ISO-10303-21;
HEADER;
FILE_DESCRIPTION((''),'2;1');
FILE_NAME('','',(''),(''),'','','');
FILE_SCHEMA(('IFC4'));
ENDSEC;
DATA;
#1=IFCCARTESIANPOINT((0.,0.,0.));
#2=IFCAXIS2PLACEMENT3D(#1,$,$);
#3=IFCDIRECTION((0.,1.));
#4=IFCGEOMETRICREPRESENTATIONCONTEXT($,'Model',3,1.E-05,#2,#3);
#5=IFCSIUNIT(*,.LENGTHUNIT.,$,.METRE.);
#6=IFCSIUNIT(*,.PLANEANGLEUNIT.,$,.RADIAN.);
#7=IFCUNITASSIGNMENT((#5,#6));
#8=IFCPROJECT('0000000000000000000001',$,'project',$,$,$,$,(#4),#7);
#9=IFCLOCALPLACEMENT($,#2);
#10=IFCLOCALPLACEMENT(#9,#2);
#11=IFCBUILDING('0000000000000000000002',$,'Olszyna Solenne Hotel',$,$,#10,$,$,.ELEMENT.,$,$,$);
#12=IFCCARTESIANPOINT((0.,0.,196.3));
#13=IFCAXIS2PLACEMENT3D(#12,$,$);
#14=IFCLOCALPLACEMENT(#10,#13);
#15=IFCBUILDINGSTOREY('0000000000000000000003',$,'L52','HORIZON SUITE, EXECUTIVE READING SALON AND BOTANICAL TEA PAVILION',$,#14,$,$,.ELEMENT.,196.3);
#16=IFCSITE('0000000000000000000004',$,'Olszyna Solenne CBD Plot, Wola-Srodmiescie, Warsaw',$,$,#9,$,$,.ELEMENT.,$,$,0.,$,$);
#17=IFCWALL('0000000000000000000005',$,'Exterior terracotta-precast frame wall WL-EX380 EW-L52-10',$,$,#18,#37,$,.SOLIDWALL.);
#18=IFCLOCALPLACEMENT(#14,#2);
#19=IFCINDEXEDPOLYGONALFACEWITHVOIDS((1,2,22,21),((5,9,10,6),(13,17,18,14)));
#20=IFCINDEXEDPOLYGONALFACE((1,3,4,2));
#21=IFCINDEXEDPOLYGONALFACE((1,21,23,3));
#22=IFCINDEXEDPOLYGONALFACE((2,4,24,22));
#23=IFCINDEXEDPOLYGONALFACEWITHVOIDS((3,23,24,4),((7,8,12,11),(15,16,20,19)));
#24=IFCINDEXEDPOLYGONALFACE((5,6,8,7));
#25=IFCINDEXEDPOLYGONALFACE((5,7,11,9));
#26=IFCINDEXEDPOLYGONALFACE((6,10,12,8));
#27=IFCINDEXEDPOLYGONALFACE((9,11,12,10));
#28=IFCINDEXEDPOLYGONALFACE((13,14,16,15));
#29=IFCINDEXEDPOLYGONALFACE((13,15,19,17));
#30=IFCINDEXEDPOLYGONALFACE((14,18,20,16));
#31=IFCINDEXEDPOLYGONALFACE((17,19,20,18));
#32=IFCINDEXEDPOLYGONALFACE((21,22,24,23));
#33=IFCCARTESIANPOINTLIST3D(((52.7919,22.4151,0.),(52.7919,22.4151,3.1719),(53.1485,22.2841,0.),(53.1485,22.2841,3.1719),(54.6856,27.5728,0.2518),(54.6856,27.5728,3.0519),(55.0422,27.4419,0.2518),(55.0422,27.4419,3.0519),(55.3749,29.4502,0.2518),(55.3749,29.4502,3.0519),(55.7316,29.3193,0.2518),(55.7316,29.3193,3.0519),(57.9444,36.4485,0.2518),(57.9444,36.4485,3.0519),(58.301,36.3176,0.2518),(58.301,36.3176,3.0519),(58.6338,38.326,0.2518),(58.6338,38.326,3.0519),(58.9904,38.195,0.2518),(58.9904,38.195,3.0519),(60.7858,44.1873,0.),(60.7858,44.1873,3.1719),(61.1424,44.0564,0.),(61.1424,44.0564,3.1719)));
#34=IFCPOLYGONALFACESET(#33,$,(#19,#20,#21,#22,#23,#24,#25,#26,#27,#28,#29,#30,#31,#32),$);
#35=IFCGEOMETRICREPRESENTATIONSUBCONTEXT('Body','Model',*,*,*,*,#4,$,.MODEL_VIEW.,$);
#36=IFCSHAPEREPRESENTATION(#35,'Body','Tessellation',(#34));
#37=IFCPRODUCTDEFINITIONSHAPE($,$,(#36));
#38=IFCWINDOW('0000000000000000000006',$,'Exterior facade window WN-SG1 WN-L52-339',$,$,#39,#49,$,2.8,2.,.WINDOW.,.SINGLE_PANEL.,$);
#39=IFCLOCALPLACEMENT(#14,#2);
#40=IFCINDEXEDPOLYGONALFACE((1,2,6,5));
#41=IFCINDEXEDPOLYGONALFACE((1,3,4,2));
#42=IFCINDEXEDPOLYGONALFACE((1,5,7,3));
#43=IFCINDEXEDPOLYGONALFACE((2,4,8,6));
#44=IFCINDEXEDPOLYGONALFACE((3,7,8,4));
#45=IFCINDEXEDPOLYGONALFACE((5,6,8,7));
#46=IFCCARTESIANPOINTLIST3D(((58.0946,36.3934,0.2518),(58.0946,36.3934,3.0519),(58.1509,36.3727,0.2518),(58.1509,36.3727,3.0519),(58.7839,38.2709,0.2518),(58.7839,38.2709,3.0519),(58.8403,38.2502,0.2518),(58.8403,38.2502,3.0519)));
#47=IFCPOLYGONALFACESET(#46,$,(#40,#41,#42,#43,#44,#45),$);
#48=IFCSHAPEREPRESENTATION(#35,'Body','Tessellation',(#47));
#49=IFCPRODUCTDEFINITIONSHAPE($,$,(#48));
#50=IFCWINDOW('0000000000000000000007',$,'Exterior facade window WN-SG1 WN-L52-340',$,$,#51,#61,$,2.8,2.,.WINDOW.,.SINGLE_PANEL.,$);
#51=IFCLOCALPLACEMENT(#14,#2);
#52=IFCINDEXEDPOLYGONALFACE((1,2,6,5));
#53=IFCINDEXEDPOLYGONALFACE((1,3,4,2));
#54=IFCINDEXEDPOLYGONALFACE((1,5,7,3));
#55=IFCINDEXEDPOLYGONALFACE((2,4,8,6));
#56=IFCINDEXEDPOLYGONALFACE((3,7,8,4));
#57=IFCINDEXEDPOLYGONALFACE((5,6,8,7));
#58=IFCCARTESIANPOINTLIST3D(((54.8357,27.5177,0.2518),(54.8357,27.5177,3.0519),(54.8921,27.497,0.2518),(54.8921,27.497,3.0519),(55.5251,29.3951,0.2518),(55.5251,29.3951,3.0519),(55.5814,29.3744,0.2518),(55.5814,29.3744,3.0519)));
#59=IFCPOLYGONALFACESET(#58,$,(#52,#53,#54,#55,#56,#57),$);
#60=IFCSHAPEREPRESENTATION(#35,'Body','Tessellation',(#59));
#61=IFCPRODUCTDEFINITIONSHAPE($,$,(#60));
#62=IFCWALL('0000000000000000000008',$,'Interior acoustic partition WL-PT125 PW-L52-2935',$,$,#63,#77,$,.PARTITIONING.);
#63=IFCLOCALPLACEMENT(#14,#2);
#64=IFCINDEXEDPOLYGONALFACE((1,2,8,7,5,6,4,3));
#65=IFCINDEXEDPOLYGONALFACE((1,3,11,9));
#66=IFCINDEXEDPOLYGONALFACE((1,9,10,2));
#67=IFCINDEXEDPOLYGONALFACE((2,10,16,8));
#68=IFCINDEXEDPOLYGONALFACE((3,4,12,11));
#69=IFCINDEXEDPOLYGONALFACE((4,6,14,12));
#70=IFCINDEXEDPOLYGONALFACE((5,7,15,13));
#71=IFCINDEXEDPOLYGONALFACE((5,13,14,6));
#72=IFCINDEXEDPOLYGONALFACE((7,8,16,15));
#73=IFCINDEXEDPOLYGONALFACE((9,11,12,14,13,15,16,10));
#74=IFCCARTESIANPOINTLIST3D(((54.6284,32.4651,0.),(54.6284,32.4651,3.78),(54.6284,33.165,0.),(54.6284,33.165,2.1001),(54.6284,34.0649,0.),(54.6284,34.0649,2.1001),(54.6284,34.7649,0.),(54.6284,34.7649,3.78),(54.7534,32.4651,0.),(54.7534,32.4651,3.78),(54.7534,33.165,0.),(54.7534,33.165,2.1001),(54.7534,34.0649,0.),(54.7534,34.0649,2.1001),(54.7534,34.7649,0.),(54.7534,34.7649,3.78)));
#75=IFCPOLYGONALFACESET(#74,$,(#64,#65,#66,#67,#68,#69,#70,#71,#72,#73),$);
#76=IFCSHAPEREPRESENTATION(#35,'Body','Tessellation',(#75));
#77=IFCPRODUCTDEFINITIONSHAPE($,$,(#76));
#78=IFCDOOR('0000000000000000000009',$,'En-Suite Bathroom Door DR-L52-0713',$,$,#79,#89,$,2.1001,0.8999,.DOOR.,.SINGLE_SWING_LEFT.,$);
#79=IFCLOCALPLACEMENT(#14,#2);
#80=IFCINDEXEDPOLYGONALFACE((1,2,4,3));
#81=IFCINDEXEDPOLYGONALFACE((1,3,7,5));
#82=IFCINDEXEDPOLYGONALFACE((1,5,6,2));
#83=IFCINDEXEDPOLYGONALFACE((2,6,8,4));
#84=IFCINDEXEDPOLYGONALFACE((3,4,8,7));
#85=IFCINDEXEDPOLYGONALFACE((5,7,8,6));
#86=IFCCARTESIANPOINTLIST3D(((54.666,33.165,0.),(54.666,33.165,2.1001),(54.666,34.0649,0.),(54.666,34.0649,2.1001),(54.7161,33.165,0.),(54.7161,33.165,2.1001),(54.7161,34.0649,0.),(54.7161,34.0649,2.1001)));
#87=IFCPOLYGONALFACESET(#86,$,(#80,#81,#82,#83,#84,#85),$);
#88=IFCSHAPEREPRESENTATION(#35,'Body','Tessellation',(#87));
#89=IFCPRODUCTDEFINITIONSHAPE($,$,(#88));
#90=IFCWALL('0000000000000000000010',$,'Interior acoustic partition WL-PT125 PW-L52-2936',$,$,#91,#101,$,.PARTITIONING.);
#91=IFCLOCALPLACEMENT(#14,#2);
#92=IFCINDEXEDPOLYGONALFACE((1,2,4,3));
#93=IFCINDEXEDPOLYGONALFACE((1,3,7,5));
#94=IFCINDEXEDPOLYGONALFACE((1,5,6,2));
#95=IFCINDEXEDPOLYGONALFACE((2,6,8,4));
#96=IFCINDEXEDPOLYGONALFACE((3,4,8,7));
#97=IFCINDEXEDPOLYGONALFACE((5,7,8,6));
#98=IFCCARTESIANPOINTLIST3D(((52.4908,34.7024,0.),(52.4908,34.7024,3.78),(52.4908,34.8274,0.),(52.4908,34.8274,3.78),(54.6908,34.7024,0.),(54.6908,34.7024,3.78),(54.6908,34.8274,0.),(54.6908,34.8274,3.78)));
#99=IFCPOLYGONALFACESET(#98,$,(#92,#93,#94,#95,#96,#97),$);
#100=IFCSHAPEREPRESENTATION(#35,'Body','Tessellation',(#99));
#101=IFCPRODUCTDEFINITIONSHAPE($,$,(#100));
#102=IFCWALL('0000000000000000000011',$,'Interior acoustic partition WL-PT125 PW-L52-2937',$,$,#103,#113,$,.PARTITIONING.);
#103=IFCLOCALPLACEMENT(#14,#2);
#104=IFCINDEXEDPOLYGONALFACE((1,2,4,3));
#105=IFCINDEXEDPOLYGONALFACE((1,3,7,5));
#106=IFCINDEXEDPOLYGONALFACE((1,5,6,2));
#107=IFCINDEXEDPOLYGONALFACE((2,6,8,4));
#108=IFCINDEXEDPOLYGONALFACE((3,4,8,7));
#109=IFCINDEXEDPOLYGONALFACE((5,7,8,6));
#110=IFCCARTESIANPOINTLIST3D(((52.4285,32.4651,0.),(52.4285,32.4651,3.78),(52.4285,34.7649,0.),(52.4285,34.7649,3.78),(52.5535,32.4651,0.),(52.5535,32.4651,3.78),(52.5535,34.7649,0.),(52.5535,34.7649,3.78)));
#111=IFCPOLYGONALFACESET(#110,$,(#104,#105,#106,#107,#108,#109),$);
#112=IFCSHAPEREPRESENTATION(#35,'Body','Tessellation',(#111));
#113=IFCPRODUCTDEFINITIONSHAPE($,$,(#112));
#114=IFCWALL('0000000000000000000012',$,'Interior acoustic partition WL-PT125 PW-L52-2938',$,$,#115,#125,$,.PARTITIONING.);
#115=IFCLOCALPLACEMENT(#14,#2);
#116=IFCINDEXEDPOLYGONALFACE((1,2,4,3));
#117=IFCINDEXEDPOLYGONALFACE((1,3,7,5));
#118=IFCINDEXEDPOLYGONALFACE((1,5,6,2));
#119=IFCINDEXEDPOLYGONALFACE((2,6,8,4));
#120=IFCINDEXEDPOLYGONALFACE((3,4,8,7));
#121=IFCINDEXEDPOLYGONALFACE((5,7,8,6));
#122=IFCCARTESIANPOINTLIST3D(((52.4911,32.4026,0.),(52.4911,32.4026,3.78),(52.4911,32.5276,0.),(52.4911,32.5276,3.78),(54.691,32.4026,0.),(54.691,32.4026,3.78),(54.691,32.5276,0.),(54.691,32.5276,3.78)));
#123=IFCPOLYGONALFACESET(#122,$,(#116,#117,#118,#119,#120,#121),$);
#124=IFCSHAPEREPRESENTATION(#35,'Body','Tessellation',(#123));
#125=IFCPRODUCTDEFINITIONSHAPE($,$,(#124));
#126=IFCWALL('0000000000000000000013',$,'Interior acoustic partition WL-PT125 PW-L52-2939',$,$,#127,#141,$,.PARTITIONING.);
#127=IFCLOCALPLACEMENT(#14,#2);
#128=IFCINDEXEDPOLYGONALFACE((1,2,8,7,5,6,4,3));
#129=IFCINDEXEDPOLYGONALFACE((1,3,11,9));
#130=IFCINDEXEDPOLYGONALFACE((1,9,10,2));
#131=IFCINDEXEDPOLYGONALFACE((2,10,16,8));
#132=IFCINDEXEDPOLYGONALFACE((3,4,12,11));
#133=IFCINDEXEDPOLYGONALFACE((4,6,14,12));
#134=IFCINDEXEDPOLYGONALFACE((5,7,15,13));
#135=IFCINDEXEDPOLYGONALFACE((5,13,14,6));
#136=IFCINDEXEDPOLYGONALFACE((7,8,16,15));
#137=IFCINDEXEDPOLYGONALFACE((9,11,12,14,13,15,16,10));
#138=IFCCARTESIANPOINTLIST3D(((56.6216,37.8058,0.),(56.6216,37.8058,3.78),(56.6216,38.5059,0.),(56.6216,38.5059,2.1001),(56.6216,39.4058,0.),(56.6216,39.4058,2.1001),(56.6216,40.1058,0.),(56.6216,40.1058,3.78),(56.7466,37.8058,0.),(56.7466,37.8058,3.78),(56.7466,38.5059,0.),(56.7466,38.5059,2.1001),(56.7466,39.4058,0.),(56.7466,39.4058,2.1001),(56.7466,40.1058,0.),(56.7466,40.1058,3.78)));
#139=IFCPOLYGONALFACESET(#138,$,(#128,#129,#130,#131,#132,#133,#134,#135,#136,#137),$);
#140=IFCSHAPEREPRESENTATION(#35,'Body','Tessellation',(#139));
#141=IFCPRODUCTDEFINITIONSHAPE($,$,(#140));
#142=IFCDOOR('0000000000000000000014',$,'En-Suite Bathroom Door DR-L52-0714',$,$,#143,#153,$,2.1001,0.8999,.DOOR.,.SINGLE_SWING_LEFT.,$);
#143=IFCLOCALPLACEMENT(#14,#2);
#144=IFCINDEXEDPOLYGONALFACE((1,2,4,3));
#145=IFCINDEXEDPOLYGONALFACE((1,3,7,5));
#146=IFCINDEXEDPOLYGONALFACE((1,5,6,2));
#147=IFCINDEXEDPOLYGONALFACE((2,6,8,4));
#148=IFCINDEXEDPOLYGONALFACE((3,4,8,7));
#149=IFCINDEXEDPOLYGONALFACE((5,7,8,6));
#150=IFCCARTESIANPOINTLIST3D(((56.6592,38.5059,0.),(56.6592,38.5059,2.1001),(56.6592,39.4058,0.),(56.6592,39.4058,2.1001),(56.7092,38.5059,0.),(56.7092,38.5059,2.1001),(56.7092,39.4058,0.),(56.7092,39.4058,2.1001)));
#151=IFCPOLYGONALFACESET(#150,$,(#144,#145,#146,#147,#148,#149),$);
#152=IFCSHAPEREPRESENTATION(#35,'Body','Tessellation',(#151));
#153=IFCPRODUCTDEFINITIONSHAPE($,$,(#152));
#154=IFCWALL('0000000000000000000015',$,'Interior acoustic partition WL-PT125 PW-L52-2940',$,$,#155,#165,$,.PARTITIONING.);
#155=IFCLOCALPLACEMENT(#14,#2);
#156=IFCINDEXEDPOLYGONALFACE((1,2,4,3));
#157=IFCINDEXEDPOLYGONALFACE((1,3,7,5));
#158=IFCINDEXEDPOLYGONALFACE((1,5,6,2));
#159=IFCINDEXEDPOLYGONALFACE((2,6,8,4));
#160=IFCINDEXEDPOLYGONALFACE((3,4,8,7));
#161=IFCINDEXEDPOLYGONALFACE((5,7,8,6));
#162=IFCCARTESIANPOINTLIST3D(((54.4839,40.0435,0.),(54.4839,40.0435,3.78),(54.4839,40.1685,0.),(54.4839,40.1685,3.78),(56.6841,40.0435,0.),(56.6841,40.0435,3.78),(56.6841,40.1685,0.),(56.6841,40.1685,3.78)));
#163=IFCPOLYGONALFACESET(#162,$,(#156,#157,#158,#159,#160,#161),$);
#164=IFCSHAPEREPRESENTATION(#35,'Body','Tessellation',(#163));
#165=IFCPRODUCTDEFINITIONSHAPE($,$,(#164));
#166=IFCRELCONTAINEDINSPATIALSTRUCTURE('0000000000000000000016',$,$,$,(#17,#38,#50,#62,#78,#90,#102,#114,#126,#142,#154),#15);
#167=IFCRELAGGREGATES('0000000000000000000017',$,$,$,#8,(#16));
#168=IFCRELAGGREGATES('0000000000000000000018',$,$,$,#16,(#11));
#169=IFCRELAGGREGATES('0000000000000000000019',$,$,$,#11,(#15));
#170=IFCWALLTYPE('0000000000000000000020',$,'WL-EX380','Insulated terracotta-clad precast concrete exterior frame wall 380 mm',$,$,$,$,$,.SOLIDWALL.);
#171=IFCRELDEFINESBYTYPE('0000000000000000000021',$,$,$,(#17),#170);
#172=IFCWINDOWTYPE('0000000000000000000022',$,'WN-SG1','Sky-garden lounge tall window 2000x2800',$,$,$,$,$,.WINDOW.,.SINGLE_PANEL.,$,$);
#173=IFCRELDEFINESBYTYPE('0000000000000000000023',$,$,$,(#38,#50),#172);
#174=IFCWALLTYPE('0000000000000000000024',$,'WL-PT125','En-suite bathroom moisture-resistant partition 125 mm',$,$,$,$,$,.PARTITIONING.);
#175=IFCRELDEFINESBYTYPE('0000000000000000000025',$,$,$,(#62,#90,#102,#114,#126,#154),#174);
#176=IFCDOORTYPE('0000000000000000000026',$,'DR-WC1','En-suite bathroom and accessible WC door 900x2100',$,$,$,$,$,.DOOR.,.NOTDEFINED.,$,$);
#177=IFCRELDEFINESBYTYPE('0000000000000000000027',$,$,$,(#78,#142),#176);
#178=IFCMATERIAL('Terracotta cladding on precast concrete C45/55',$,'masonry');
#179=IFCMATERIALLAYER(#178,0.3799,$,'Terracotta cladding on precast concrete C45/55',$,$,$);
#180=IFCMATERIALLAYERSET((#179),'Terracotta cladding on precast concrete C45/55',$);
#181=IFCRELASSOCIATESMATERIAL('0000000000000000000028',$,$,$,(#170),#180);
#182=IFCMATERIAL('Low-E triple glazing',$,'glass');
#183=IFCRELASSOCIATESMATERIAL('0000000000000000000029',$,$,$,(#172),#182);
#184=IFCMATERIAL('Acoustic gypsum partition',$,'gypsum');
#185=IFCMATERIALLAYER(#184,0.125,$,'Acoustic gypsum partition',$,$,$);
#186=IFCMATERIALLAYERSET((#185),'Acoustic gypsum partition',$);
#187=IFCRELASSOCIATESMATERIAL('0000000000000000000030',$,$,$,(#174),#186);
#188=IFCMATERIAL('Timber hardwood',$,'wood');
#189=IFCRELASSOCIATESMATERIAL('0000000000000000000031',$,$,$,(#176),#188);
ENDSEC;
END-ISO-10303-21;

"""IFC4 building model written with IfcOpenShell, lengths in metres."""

from ifc_helpers import new_model, si_unit, direction, frame, frame_2d, origin, place, context, subcontext, project, spatial, rectangle, extrude, source, transform, mapped, material, layer, layer_set, type_object, type_shapes, element, fill, save


model = new_model("IFC4")

# Units and contexts
model_context = context("Model", 3, precision=1e-05, world=origin(), true_north=direction((0.0, 1.0)))
body_context = subcontext(model_context, "Body", "Model", "MODEL_VIEW")
ifc_project = project(units=[si_unit("LENGTHUNIT", "METRE"), si_unit("PLANEANGLEUNIT", "RADIAN")], contexts=[model_context])

# Site, building, storey
site_placement = place(None, origin())
site = spatial("IfcSite", under=ifc_project, at=site_placement, Name="Olszyna Solenne CBD Plot, Wola-Srodmiescie, Warsaw", CompositionType="ELEMENT", RefElevation=0.0)
building_placement = place(site_placement, origin())
building = spatial("IfcBuilding", under=site, at=building_placement, Name="Olszyna Solenne Hotel", CompositionType="ELEMENT")
storey_placement = place(building_placement, frame((0.0, 0.0, 196.3)))
storey = spatial("IfcBuildingStorey", under=building, at=storey_placement, Name="L52", Description="HORIZON SUITE, EXECUTIVE READING SALON AND BOTANICAL TEA PAVILION", CompositionType="ELEMENT", Elevation=196.3)

# Shared definitions
ifc_material_1 = material(Name="Timber hardwood", Category="wood")

# Shared definitions
ifc_material_2 = material(Name="Terracotta cladding on precast concrete C45/55", Category="masonry")
ifc_layer_1 = layer(ifc_material_2, 0.3799, Name="Terracotta cladding on precast concrete C45/55")
ifc_layer_set_1 = layer_set([ifc_layer_1], Name="Terracotta cladding on precast concrete C45/55")
wall_type_1 = type_object("IfcWallType", Name="WL-EX380", Description="Insulated terracotta-clad precast concrete exterior frame wall 380 mm", PredefinedType="SOLIDWALL", material=ifc_layer_set_1)

# Wall, openings, windows
wall_1_placement = place(storey_placement, frame((60.9641, 44.1218, 0.0), z_axis=(0.0, 0.0, 1.0), x_axis=(-0.344663, -0.938726, 0.0)))
wall_1 = element("IfcWall", 1, at=wall_1_placement, inside=storey, type_object=wall_type_1, Name="Exterior terracotta-precast frame wall WL-EX380 EW-L52-10", PredefinedType="SOLIDWALL", context=body_context, shape_type="SweptSolid", body=[
    extrude(rectangle(XDim=23.1934, YDim=0.3799, at=frame_2d((11.5967, 0.0))), origin(), (0.0, 0.0, 1.0), 3.1719),
])
opening_1_placement = place(wall_1_placement, frame((6.2439, 0.0, 0.252)))
opening_1 = element("IfcOpeningElement", 2, at=opening_1_placement, cuts=wall_1, PredefinedType="OPENING", context=body_context, shape_type="SweptSolid", body=[
    extrude(rectangle(XDim=2.0, YDim=2.8, at=frame_2d((1.0, 1.3999))), frame((0.0, 0.2, 0.0), z_axis=(0.0, -1.0, 0.0), x_axis=(1.0, 0.0, 0.0)), (0.0, 0.0, 1.0), 0.3999),
])
opening_2_placement = place(wall_1_placement, frame((15.699, 0.0, 0.252)))
opening_2 = element("IfcOpeningElement", 3, at=opening_2_placement, cuts=wall_1, PredefinedType="OPENING", context=body_context, shape_type="SweptSolid", body=[
    extrude(rectangle(XDim=2.0, YDim=2.8, at=frame_2d((1.0, 1.3999))), frame((0.0, 0.2, 0.0), z_axis=(0.0, -1.0, 0.0), x_axis=(1.0, 0.0, 0.0)), (0.0, 0.0, 1.0), 0.3999),
])
ifc_material_3 = material(Name="Low-E triple glazing", Category="glass")
window_type = type_object("IfcWindowType", Name="WN-SG1", Description="Sky-garden lounge tall window 2000x2800", PartitioningType="SINGLE_PANEL", PredefinedType="WINDOW", material=ifc_material_3)
shared_shape_1 = source(origin(), body_context, "Body", "SweptSolid", [
    extrude(rectangle(XDim=2.0, YDim=2.8, at=frame_2d((1.0, 1.3999))), frame((0.0, 0.03, 0.0), z_axis=(0.0, -1.0, 0.0), x_axis=(1.0, 0.0, 0.0)), (0.0, 0.0, 1.0), 0.0601),
])
type_shapes(window_type, [shared_shape_1])
window_1_placement = place(opening_1_placement, origin())
window_1 = element("IfcWindow", 4, at=window_1_placement, inside=storey, type_object=window_type, Name="Exterior facade window WN-SG1 WN-L52-339", OverallHeight=2.8, OverallWidth=2.0, PartitioningType="SINGLE_PANEL", PredefinedType="WINDOW", context=body_context, shape_type="MappedRepresentation", body=[
    mapped(shared_shape_1, transform((0.0, 0.0, 0.0), x_axis=(1.0, 0.0, 0.0), y_axis=(0.0, 1.0, 0.0), z_axis=(0.0, 0.0, 1.0), scale=1.0)),
])
fill(opening_1, window_1)
window_2_placement = place(opening_2_placement, origin())
window_2 = element("IfcWindow", 5, at=window_2_placement, inside=storey, type_object=window_type, Name="Exterior facade window WN-SG1 WN-L52-340", OverallHeight=2.8, OverallWidth=2.0, PartitioningType="SINGLE_PANEL", PredefinedType="WINDOW", context=body_context, shape_type="MappedRepresentation", body=[
    mapped(shared_shape_1, transform((0.0, 0.0, 0.0), x_axis=(1.0, 0.0, 0.0), y_axis=(0.0, 1.0, 0.0), z_axis=(0.0, 0.0, 1.0), scale=1.0)),
])
fill(opening_2, window_2)

# Wall, opening, door
ifc_material_4 = material(Name="Acoustic gypsum partition", Category="gypsum")
ifc_layer_2 = layer(ifc_material_4, 0.125, Name="Acoustic gypsum partition")
ifc_layer_set_2 = layer_set([ifc_layer_2], Name="Acoustic gypsum partition")
wall_type_2 = type_object("IfcWallType", Name="WL-PT125", Description="En-suite bathroom moisture-resistant partition 125 mm", PredefinedType="PARTITIONING", material=ifc_layer_set_2)
wall_2_placement = place(storey_placement, frame((54.6909, 32.4651, 0.0), z_axis=(0.0, 0.0, 1.0), x_axis=(0.0, 1.0, 0.0)))
wall_2 = element("IfcWall", 6, at=wall_2_placement, inside=storey, type_object=wall_type_2, Name="Interior acoustic partition WL-PT125 PW-L52-2935", PredefinedType="PARTITIONING", context=body_context, shape_type="SweptSolid", body=[
    extrude(rectangle(XDim=2.2998, YDim=0.125, at=frame_2d((1.1499, 0.0))), origin(), (0.0, 0.0, 1.0), 3.78),
])
opening_3_placement = place(wall_2_placement, frame((0.7, 0.0, 0.0)))
opening_3 = element("IfcOpeningElement", 7, at=opening_3_placement, cuts=wall_2, PredefinedType="OPENING", context=body_context, shape_type="SweptSolid", body=[
    extrude(rectangle(XDim=0.8999, YDim=2.1001, at=frame_2d((0.45, 1.05))), frame((0.0, 0.0725, 0.0), z_axis=(0.0, -1.0, 0.0), x_axis=(1.0, 0.0, 0.0)), (0.0, 0.0, 1.0), 0.145),
])
door_type_1 = type_object("IfcDoorType", Name="DR-WC1", Description="En-suite bathroom and accessible WC door 900x2100", OperationType="NOTDEFINED", PredefinedType="DOOR", material=ifc_material_1)
shared_shape_2 = source(origin(), body_context, "Body", "SweptSolid", [
    extrude(rectangle(XDim=0.8999, YDim=2.1001, at=frame_2d((0.45, 1.05))), frame((0.0, 0.0249, 0.0), z_axis=(0.0, -1.0, 0.0), x_axis=(1.0, 0.0, 0.0)), (0.0, 0.0, 1.0), 0.05),
])
type_shapes(door_type_1, [shared_shape_2])
door_1_placement = place(opening_3_placement, origin())
door_1 = element("IfcDoor", 8, at=door_1_placement, inside=storey, type_object=door_type_1, Name="En-Suite Bathroom Door DR-L52-0713", OperationType="SINGLE_SWING_LEFT", OverallHeight=2.1001, OverallWidth=0.8999, PredefinedType="DOOR", context=body_context, shape_type="MappedRepresentation", body=[
    mapped(shared_shape_2, transform((0.0, 0.0, 0.0), x_axis=(1.0, 0.0, 0.0), y_axis=(0.0, 1.0, 0.0), z_axis=(0.0, 0.0, 1.0), scale=1.0)),
])
fill(opening_3, door_1)

# Walls
wall_3_placement = place(storey_placement, frame((54.6909, 34.7649, 0.0), z_axis=(0.0, 0.0, 1.0), x_axis=(-1.0, 0.0, 0.0)))
element("IfcWall", 9, at=wall_3_placement, inside=storey, type_object=wall_type_2, Name="Interior acoustic partition WL-PT125 PW-L52-2936", PredefinedType="PARTITIONING", context=body_context, shape_type="SweptSolid", body=[
    extrude(rectangle(XDim=2.2, YDim=0.125, at=frame_2d((1.1001, 0.0))), origin(), (0.0, 0.0, 1.0), 3.78),
])
wall_4_placement = place(storey_placement, frame((52.491, 34.7649, 0.0), z_axis=(0.0, 0.0, 1.0), x_axis=(0.0, -1.0, 0.0)))
element("IfcWall", 10, at=wall_4_placement, inside=storey, type_object=wall_type_2, Name="Interior acoustic partition WL-PT125 PW-L52-2937", PredefinedType="PARTITIONING", context=body_context, shape_type="SweptSolid", body=[
    extrude(rectangle(XDim=2.2998, YDim=0.125, at=frame_2d((1.1499, 0.0))), origin(), (0.0, 0.0, 1.0), 3.78),
])
wall_5_placement = place(storey_placement, frame((52.491, 32.4651, 0.0), z_axis=(0.0, 0.0, 1.0), x_axis=(1.0, 0.0, 0.0)))
element("IfcWall", 11, at=wall_5_placement, inside=storey, type_object=wall_type_2, Name="Interior acoustic partition WL-PT125 PW-L52-2938", PredefinedType="PARTITIONING", context=body_context, shape_type="SweptSolid", body=[
    extrude(rectangle(XDim=2.2, YDim=0.125, at=frame_2d((1.1001, 0.0))), origin(), (0.0, 0.0, 1.0), 3.78),
])

# Wall, opening, door
wall_6_placement = place(storey_placement, frame((56.6841, 37.8059, 0.0), z_axis=(0.0, 0.0, 1.0), x_axis=(0.0, 1.0, 0.0)))
wall_6 = element("IfcWall", 12, at=wall_6_placement, inside=storey, type_object=wall_type_2, Name="Interior acoustic partition WL-PT125 PW-L52-2939", PredefinedType="PARTITIONING", context=body_context, shape_type="SweptSolid", body=[
    extrude(rectangle(XDim=2.3, YDim=0.125, at=frame_2d((1.1499, 0.0))), origin(), (0.0, 0.0, 1.0), 3.78),
])
opening_4_placement = place(wall_6_placement, frame((0.7, 0.0, 0.0)))
opening_4 = element("IfcOpeningElement", 13, at=opening_4_placement, cuts=wall_6, PredefinedType="OPENING", context=body_context, shape_type="SweptSolid", body=[
    extrude(rectangle(XDim=0.8999, YDim=2.1001, at=frame_2d((0.45, 1.05))), frame((0.0, 0.0725, 0.0), z_axis=(0.0, -1.0, 0.0), x_axis=(1.0, 0.0, 0.0)), (0.0, 0.0, 1.0), 0.145),
])
door_2_placement = place(opening_4_placement, origin())
door_2 = element("IfcDoor", 14, at=door_2_placement, inside=storey, type_object=door_type_1, Name="En-Suite Bathroom Door DR-L52-0714", OperationType="SINGLE_SWING_LEFT", OverallHeight=2.1001, OverallWidth=0.8999, PredefinedType="DOOR", context=body_context, shape_type="MappedRepresentation", body=[
    mapped(shared_shape_2, transform((0.0, 0.0, 0.0), x_axis=(1.0, 0.0, 0.0), y_axis=(0.0, 1.0, 0.0), z_axis=(0.0, 0.0, 1.0), scale=1.0)),
])
fill(opening_4, door_2)

# Wall
wall_7_placement = place(storey_placement, frame((56.6841, 40.106, 0.0), z_axis=(0.0, 0.0, 1.0), x_axis=(-1.0, 0.0, 0.0)))
element("IfcWall", 15, at=wall_7_placement, inside=storey, type_object=wall_type_2, Name="Interior acoustic partition WL-PT125 PW-L52-2940", PredefinedType="PARTITIONING", context=body_context, shape_type="SweptSolid", body=[
    extrude(rectangle(XDim=2.2002, YDim=0.125, at=frame_2d((1.1001, 0.0))), origin(), (0.0, 0.0, 1.0), 3.78),
])

save(model, "model.ifc")
